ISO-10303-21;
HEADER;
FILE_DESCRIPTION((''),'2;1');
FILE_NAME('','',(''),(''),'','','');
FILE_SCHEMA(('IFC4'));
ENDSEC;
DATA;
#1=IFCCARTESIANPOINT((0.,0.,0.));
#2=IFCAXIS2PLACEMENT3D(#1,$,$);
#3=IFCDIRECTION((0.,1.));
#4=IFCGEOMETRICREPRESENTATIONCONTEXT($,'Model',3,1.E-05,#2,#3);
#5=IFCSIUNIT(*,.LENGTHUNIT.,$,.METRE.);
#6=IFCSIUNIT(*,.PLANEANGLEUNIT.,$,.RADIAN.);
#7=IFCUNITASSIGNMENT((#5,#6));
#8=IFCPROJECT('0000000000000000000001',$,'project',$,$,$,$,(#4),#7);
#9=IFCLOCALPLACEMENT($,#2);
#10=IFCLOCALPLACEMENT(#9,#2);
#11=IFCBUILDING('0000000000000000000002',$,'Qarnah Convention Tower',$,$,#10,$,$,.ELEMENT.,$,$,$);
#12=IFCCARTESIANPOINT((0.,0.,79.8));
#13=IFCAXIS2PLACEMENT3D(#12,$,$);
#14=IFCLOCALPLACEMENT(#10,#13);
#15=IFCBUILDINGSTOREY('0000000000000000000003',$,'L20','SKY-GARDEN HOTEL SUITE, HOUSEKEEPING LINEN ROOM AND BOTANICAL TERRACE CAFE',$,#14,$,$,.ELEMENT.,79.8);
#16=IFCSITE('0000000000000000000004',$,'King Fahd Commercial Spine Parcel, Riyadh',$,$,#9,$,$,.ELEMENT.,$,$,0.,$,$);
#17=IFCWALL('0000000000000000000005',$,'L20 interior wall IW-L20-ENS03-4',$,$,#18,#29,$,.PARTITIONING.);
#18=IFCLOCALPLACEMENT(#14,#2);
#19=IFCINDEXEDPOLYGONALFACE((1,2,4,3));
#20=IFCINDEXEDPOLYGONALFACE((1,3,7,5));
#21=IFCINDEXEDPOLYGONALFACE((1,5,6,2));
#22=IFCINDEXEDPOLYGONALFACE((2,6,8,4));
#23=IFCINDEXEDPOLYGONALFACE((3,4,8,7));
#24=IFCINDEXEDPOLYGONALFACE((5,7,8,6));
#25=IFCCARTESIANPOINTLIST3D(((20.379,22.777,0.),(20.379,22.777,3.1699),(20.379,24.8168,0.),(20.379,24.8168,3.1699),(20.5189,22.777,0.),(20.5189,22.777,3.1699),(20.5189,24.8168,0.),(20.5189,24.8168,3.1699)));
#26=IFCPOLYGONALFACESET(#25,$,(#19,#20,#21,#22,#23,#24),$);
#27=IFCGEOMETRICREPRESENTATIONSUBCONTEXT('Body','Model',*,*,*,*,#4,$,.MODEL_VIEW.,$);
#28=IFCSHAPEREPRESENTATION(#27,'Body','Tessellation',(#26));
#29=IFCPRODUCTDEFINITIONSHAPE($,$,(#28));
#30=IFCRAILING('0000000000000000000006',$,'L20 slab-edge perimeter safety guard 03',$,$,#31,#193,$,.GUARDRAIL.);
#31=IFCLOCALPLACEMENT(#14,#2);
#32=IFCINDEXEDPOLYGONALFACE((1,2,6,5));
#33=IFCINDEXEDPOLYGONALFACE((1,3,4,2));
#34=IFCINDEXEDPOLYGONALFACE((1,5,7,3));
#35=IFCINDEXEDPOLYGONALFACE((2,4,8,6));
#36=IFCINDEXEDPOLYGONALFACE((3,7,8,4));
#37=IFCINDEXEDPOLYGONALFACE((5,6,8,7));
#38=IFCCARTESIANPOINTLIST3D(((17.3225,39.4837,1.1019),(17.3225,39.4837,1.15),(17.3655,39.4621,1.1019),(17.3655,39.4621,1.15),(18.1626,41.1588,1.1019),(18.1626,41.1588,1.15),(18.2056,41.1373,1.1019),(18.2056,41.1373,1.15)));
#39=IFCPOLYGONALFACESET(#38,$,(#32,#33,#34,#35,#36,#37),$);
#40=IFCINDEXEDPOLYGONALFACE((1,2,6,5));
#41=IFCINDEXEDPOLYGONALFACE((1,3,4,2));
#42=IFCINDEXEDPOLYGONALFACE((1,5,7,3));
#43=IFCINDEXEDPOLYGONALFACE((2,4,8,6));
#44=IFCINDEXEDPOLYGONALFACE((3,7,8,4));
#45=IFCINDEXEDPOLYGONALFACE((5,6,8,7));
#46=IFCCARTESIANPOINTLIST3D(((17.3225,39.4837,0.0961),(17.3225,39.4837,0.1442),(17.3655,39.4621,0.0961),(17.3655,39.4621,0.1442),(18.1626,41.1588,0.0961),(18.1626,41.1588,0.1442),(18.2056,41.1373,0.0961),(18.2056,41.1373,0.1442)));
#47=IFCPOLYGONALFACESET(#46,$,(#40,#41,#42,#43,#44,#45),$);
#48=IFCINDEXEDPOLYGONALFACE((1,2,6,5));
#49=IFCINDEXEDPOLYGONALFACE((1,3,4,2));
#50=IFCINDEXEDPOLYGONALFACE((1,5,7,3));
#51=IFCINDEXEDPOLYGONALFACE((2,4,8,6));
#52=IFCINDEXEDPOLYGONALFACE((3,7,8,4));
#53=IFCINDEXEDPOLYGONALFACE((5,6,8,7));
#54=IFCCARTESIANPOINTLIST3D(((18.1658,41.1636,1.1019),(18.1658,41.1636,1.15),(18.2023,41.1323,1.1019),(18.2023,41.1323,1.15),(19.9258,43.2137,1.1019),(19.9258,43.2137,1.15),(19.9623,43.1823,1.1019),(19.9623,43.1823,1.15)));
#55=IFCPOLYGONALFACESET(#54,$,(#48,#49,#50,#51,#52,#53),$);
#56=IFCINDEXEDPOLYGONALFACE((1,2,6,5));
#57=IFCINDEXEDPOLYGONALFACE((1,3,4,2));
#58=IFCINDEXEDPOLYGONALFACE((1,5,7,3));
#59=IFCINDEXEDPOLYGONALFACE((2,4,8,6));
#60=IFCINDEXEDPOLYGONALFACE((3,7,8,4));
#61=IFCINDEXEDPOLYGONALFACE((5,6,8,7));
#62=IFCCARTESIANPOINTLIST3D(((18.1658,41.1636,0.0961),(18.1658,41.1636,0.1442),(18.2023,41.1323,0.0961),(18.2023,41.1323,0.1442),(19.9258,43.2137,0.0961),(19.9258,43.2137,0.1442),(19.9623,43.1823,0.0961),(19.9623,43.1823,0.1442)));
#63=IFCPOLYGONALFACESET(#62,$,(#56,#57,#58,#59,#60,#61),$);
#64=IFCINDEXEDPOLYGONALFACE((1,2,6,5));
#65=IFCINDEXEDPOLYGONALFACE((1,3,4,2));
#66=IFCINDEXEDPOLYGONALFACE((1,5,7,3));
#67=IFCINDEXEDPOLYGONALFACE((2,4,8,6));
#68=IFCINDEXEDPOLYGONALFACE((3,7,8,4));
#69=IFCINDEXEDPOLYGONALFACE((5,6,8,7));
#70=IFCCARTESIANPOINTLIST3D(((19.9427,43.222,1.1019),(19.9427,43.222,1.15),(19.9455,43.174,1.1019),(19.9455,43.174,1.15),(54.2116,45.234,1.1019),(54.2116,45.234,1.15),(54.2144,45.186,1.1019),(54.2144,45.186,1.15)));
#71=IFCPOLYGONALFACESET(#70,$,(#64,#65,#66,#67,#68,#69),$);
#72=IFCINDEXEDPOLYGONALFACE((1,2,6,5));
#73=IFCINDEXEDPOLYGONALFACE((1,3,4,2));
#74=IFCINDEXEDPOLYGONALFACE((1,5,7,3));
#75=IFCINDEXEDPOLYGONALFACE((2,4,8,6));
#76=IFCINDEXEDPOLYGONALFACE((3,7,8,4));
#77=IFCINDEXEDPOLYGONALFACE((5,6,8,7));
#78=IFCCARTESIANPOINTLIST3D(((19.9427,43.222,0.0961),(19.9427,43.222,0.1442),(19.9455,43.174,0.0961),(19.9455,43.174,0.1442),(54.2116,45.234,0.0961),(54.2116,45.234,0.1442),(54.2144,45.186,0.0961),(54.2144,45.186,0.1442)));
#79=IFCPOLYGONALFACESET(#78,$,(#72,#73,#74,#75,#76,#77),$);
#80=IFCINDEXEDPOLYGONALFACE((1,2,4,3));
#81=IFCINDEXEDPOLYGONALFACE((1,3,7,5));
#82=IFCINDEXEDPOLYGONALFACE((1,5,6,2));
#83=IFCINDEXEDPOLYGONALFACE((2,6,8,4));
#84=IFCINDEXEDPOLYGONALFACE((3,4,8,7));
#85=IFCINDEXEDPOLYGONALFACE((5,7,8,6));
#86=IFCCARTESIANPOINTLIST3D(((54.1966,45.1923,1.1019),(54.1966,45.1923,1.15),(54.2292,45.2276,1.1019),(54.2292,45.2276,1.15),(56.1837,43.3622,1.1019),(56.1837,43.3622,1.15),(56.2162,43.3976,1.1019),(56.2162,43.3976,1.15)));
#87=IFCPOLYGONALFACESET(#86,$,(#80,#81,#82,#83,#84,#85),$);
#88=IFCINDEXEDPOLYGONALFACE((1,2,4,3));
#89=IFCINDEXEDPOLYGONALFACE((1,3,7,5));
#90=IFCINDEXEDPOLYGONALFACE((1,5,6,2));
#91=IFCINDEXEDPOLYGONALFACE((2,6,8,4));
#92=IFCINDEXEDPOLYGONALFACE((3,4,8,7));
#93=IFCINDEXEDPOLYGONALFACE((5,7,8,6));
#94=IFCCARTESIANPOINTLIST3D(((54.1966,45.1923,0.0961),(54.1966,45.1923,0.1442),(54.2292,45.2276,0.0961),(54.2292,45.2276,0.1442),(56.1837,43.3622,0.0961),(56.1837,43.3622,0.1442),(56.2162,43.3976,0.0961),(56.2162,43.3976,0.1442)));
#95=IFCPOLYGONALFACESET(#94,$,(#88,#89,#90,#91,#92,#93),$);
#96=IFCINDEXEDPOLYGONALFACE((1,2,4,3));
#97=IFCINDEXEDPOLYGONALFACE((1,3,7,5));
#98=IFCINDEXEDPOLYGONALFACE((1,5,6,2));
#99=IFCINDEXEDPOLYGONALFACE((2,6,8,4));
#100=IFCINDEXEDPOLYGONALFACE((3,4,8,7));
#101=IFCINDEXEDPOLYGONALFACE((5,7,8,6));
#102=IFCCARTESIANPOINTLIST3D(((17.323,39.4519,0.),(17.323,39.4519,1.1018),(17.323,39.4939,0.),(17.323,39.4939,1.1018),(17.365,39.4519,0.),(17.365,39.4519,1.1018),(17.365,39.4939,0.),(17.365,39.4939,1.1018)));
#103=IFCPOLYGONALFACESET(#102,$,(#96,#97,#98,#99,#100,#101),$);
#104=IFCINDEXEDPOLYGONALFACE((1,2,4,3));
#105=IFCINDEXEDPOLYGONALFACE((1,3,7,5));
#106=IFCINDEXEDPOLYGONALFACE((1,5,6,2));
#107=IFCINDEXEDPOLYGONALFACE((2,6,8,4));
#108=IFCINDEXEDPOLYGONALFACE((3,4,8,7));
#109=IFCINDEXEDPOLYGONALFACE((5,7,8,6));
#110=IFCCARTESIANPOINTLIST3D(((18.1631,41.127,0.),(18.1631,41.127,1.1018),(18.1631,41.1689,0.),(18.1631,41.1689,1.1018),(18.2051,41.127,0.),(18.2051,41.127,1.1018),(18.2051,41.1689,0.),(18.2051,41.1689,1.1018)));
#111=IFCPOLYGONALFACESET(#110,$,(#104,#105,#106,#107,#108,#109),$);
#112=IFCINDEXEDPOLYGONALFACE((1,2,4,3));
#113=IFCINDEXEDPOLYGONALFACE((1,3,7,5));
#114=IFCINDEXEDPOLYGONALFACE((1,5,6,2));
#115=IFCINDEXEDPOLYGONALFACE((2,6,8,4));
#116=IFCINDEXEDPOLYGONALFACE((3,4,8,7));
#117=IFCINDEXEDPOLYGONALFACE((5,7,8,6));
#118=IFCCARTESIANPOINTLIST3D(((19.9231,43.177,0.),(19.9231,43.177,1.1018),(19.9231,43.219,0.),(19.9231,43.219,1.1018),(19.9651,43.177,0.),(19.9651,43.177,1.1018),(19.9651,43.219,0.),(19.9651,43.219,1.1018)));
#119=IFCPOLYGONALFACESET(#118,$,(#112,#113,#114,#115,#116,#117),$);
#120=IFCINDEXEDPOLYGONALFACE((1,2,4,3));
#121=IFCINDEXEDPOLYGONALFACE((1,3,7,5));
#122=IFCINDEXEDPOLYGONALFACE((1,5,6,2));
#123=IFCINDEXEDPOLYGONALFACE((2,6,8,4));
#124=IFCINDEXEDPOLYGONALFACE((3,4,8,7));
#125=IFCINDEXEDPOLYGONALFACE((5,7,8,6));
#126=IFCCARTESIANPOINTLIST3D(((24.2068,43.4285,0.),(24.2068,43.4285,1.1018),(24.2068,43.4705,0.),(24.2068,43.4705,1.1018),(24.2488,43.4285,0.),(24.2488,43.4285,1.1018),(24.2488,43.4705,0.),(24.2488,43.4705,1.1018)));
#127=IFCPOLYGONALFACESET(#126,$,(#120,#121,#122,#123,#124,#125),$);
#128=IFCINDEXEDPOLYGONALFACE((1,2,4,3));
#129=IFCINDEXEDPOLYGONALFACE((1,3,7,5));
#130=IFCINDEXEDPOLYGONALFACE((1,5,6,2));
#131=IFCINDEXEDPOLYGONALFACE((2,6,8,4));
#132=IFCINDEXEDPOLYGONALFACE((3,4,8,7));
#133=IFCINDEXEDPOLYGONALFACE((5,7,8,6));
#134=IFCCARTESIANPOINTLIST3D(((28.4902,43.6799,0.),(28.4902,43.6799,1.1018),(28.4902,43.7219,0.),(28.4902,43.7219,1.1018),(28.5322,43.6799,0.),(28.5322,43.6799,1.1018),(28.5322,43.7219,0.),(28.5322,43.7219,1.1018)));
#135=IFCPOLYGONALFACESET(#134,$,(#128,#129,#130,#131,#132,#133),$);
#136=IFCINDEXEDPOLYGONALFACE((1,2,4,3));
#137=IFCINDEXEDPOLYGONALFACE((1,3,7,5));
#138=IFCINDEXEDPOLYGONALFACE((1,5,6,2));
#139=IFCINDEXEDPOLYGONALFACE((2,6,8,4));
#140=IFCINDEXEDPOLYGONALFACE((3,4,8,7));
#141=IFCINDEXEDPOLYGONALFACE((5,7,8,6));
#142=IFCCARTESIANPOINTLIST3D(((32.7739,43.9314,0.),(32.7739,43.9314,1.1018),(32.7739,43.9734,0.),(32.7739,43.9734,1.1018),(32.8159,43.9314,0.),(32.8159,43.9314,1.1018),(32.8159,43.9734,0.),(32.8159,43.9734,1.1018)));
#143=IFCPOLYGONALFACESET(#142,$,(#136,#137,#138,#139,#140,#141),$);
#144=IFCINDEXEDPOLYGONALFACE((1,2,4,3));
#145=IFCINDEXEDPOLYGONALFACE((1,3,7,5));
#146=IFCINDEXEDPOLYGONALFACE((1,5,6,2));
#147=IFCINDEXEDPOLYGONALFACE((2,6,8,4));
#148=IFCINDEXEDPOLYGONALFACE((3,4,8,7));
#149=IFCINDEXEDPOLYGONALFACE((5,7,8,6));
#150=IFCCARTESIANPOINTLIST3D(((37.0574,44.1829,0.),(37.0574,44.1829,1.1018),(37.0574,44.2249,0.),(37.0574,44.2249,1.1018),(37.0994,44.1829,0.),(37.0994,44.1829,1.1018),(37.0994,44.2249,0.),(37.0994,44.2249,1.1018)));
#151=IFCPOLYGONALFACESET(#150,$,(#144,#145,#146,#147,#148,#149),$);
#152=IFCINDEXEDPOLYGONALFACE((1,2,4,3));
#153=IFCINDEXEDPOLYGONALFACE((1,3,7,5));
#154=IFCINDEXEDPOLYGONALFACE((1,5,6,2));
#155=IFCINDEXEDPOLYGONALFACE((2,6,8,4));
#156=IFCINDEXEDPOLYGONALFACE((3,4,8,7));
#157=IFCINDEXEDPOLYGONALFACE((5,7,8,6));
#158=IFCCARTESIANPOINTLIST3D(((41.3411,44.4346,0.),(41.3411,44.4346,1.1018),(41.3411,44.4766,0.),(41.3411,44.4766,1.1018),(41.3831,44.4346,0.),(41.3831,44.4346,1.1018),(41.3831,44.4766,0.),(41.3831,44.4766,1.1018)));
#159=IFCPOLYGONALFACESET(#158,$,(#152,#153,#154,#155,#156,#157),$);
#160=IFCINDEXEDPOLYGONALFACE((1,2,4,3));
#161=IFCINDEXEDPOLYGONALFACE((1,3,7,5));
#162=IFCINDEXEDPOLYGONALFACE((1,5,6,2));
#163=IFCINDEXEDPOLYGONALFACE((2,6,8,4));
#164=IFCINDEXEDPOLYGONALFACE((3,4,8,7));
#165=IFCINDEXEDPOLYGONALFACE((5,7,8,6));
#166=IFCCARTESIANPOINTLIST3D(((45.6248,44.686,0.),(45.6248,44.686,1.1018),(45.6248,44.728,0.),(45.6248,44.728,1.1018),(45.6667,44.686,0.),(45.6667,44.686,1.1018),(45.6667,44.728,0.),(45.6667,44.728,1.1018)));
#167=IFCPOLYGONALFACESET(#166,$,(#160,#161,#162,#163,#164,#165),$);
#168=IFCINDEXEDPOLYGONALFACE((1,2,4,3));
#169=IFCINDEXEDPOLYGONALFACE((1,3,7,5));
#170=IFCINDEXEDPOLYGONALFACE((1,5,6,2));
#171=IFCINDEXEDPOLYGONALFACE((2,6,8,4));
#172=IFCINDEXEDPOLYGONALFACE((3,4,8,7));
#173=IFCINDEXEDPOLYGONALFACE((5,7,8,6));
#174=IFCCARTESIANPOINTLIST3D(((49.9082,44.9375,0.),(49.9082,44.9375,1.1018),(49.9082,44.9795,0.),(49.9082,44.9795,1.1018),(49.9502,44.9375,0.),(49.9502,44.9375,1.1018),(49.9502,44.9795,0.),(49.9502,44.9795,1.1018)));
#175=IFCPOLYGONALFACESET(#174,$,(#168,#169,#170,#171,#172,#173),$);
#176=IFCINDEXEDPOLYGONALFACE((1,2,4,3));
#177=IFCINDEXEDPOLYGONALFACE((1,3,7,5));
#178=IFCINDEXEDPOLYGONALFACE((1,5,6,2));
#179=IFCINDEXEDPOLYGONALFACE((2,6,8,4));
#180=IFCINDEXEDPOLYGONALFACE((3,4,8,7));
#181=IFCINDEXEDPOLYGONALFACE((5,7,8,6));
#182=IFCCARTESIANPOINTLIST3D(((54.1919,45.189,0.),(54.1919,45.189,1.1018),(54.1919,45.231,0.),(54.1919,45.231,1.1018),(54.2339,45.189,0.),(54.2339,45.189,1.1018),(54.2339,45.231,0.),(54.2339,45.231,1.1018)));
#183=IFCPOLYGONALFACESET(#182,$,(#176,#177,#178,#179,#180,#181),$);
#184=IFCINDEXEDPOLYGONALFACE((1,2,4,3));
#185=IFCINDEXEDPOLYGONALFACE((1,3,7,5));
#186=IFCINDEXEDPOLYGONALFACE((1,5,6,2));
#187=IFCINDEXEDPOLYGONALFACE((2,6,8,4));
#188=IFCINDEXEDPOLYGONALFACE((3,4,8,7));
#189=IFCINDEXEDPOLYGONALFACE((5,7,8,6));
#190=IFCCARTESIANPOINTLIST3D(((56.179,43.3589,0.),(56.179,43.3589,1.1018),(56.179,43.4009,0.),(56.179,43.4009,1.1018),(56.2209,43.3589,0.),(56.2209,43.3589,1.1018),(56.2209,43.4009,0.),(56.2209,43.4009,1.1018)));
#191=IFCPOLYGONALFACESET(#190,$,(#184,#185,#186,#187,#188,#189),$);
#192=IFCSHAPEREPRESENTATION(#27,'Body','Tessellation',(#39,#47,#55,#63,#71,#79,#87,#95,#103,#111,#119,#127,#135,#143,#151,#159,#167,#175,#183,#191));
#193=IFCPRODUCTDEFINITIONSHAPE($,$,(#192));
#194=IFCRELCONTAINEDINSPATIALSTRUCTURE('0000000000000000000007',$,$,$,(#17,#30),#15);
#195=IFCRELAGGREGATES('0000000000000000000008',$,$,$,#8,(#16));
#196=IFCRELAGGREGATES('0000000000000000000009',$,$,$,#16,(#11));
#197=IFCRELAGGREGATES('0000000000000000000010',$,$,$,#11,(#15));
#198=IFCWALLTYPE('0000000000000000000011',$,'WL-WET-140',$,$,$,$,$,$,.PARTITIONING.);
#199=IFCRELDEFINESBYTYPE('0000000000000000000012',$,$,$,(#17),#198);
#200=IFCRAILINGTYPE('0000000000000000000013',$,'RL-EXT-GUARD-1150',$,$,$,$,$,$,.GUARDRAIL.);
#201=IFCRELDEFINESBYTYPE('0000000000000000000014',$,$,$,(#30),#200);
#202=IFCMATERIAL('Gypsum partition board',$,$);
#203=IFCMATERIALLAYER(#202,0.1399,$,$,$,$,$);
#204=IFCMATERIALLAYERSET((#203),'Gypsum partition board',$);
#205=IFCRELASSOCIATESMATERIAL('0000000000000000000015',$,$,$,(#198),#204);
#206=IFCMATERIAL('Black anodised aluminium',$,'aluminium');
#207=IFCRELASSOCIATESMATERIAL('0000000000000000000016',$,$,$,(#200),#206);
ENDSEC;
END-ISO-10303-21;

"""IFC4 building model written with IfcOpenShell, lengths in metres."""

from ifc_helpers import new_model, si_unit, direction, frame, frame_2d, origin, origin_2d, place, context, subcontext, project, spatial, rectangle, extrude, material, layer, layer_set, type_object, element, save


model = new_model("IFC4")

# Units and contexts
model_context = context("Model", 3, precision=1e-05, world=origin(), true_north=direction((0.0, 1.0)))
body_context = subcontext(model_context, "Body", "Model", "MODEL_VIEW")
ifc_project = project(units=[si_unit("LENGTHUNIT", "METRE"), si_unit("PLANEANGLEUNIT", "RADIAN")], contexts=[model_context])

# Site, building, storey
site_placement = place(None, origin())
site = spatial("IfcSite", under=ifc_project, at=site_placement, Name="King Fahd Commercial Spine Parcel, Riyadh", CompositionType="ELEMENT", RefElevation=0.0)
building_placement = place(site_placement, origin())
building = spatial("IfcBuilding", under=site, at=building_placement, Name="Qarnah Convention Tower", CompositionType="ELEMENT")
storey_placement = place(building_placement, frame((0.0, 0.0, 79.8)))
storey = spatial("IfcBuildingStorey", under=building, at=storey_placement, Name="L20", Description="SKY-GARDEN HOTEL SUITE, HOUSEKEEPING LINEN ROOM AND BOTANICAL TERRACE CAFE", CompositionType="ELEMENT", Elevation=79.8)

# Shared definitions
ifc_material_1 = material(Name="Black anodised aluminium", Category="aluminium")

# Shared definitions
ifc_material_2 = material(Name="Gypsum partition board")

# Wall
ifc_layer_1 = layer(ifc_material_2, 0.1399)
ifc_layer_set_1 = layer_set([ifc_layer_1], Name="Gypsum partition board")
wall_type_1 = type_object("IfcWallType", Name="WL-WET-140", PredefinedType="PARTITIONING", material=ifc_layer_set_1)
wall_1_placement = place(storey_placement, frame((20.449, 24.8169, 0.0), z_axis=(0.0, 0.0, 1.0), x_axis=(0.0, -1.0, 0.0)))
element("IfcWall", 1, at=wall_1_placement, inside=storey, type_object=wall_type_1, Name="L20 interior wall IW-L20-ENS03-4", PredefinedType="PARTITIONING", context=body_context, shape_type="SweptSolid", body=[
    extrude(rectangle(XDim=2.0398, YDim=0.1399, at=frame_2d((1.02, 0.0))), origin(), (0.0, 0.0, 1.0), 3.1699),
])

# Railing
railing_type = type_object("IfcRailingType", Name="RL-EXT-GUARD-1150", PredefinedType="GUARDRAIL", material=ifc_material_1)
railing_1_placement = place(storey_placement, frame((17.344, 39.4729, 0.0)))
element("IfcRailing", 2, at=railing_1_placement, inside=storey, type_object=railing_type, Name="L20 slab-edge perimeter safety guard 03", PredefinedType="GUARDRAIL", context=body_context, shape_type="SweptSolid", body=[
    extrude(rectangle(XDim=0.0481, YDim=0.0481, at=origin_2d()), frame((0.0, 0.0, 1.126), z_axis=(0.448308, 0.893879, 0.0), x_axis=(-0.893879, 0.448308, 0.0)), (0.0, 0.0, 1.0), 1.874),
    extrude(rectangle(XDim=0.0481, YDim=0.0481, at=origin_2d()), frame((0.0, 0.0, 0.1201), z_axis=(0.448308, 0.893879, 0.0), x_axis=(-0.893879, 0.448308, 0.0)), (0.0, 0.0, 1.0), 1.874),
    extrude(rectangle(XDim=0.0481, YDim=0.0481, at=origin_2d()), frame((0.8401, 1.675, 1.126), z_axis=(0.651394, 0.75874, 0.0), x_axis=(-0.75874, 0.651394, 0.0)), (0.0, 0.0, 1.0), 2.7019),
    extrude(rectangle(XDim=0.0481, YDim=0.0481, at=origin_2d()), frame((0.8401, 1.675, 0.1201), z_axis=(0.651394, 0.75874, 0.0), x_axis=(-0.75874, 0.651394, 0.0)), (0.0, 0.0, 1.0), 2.7019),
    extrude(rectangle(XDim=0.0481, YDim=0.0481, at=origin_2d()), frame((2.6001, 3.7251, 1.126), z_axis=(0.998281, 0.05861, 0.0), x_axis=(-0.05861, 0.998281, 0.0)), (0.0, 0.0, 1.0), 34.3279),
    extrude(rectangle(XDim=0.0481, YDim=0.0481, at=origin_2d()), frame((2.6001, 3.7251, 0.1201), z_axis=(0.998281, 0.05861, 0.0), x_axis=(-0.05861, 0.998281, 0.0)), (0.0, 0.0, 1.0), 34.3279),
    extrude(rectangle(XDim=0.0481, YDim=0.0481, at=origin_2d()), frame((36.8689, 5.7371, 1.126), z_axis=(0.735565, -0.677454, 0.0), x_axis=(0.677454, 0.735565, 0.0)), (0.0, 0.0, 1.0), 2.7014),
    extrude(rectangle(XDim=0.0481, YDim=0.0481, at=origin_2d()), frame((36.8689, 5.7371, 0.1201), z_axis=(0.735565, -0.677454, 0.0), x_axis=(0.677454, 0.735565, 0.0)), (0.0, 0.0, 1.0), 2.7014),
    extrude(rectangle(XDim=0.042, YDim=0.042, at=origin_2d()), origin(), (0.0, 0.0, 1.0), 1.1018),
    extrude(rectangle(XDim=0.042, YDim=0.042, at=origin_2d()), frame((0.8401, 1.675, 0.0)), (0.0, 0.0, 1.0), 1.1018),
    extrude(rectangle(XDim=0.042, YDim=0.042, at=origin_2d()), frame((2.6001, 3.7251, 0.0)), (0.0, 0.0, 1.0), 1.1018),
    extrude(rectangle(XDim=0.042, YDim=0.042, at=origin_2d()), frame((6.8838, 3.9766, 0.0)), (0.0, 0.0, 1.0), 1.1018),
    extrude(rectangle(XDim=0.042, YDim=0.042, at=origin_2d()), frame((11.1672, 4.228, 0.0)), (0.0, 0.0, 1.0), 1.1018),
    extrude(rectangle(XDim=0.042, YDim=0.042, at=origin_2d()), frame((15.4509, 4.4795, 0.0)), (0.0, 0.0, 1.0), 1.1018),
    extrude(rectangle(XDim=0.042, YDim=0.042, at=origin_2d()), frame((19.7344, 4.731, 0.0)), (0.0, 0.0, 1.0), 1.1018),
    extrude(rectangle(XDim=0.042, YDim=0.042, at=origin_2d()), frame((24.0181, 4.9827, 0.0)), (0.0, 0.0, 1.0), 1.1018),
    extrude(rectangle(XDim=0.042, YDim=0.042, at=origin_2d()), frame((28.3018, 5.2341, 0.0)), (0.0, 0.0, 1.0), 1.1018),
    extrude(rectangle(XDim=0.042, YDim=0.042, at=origin_2d()), frame((32.5852, 5.4856, 0.0)), (0.0, 0.0, 1.0), 1.1018),
    extrude(rectangle(XDim=0.042, YDim=0.042, at=origin_2d()), frame((36.8689, 5.7371, 0.0)), (0.0, 0.0, 1.0), 1.1018),
    extrude(rectangle(XDim=0.042, YDim=0.042, at=origin_2d()), frame((38.856, 3.907, 0.0)), (0.0, 0.0, 1.0), 1.1018),
])

save(model, "model.ifc")
